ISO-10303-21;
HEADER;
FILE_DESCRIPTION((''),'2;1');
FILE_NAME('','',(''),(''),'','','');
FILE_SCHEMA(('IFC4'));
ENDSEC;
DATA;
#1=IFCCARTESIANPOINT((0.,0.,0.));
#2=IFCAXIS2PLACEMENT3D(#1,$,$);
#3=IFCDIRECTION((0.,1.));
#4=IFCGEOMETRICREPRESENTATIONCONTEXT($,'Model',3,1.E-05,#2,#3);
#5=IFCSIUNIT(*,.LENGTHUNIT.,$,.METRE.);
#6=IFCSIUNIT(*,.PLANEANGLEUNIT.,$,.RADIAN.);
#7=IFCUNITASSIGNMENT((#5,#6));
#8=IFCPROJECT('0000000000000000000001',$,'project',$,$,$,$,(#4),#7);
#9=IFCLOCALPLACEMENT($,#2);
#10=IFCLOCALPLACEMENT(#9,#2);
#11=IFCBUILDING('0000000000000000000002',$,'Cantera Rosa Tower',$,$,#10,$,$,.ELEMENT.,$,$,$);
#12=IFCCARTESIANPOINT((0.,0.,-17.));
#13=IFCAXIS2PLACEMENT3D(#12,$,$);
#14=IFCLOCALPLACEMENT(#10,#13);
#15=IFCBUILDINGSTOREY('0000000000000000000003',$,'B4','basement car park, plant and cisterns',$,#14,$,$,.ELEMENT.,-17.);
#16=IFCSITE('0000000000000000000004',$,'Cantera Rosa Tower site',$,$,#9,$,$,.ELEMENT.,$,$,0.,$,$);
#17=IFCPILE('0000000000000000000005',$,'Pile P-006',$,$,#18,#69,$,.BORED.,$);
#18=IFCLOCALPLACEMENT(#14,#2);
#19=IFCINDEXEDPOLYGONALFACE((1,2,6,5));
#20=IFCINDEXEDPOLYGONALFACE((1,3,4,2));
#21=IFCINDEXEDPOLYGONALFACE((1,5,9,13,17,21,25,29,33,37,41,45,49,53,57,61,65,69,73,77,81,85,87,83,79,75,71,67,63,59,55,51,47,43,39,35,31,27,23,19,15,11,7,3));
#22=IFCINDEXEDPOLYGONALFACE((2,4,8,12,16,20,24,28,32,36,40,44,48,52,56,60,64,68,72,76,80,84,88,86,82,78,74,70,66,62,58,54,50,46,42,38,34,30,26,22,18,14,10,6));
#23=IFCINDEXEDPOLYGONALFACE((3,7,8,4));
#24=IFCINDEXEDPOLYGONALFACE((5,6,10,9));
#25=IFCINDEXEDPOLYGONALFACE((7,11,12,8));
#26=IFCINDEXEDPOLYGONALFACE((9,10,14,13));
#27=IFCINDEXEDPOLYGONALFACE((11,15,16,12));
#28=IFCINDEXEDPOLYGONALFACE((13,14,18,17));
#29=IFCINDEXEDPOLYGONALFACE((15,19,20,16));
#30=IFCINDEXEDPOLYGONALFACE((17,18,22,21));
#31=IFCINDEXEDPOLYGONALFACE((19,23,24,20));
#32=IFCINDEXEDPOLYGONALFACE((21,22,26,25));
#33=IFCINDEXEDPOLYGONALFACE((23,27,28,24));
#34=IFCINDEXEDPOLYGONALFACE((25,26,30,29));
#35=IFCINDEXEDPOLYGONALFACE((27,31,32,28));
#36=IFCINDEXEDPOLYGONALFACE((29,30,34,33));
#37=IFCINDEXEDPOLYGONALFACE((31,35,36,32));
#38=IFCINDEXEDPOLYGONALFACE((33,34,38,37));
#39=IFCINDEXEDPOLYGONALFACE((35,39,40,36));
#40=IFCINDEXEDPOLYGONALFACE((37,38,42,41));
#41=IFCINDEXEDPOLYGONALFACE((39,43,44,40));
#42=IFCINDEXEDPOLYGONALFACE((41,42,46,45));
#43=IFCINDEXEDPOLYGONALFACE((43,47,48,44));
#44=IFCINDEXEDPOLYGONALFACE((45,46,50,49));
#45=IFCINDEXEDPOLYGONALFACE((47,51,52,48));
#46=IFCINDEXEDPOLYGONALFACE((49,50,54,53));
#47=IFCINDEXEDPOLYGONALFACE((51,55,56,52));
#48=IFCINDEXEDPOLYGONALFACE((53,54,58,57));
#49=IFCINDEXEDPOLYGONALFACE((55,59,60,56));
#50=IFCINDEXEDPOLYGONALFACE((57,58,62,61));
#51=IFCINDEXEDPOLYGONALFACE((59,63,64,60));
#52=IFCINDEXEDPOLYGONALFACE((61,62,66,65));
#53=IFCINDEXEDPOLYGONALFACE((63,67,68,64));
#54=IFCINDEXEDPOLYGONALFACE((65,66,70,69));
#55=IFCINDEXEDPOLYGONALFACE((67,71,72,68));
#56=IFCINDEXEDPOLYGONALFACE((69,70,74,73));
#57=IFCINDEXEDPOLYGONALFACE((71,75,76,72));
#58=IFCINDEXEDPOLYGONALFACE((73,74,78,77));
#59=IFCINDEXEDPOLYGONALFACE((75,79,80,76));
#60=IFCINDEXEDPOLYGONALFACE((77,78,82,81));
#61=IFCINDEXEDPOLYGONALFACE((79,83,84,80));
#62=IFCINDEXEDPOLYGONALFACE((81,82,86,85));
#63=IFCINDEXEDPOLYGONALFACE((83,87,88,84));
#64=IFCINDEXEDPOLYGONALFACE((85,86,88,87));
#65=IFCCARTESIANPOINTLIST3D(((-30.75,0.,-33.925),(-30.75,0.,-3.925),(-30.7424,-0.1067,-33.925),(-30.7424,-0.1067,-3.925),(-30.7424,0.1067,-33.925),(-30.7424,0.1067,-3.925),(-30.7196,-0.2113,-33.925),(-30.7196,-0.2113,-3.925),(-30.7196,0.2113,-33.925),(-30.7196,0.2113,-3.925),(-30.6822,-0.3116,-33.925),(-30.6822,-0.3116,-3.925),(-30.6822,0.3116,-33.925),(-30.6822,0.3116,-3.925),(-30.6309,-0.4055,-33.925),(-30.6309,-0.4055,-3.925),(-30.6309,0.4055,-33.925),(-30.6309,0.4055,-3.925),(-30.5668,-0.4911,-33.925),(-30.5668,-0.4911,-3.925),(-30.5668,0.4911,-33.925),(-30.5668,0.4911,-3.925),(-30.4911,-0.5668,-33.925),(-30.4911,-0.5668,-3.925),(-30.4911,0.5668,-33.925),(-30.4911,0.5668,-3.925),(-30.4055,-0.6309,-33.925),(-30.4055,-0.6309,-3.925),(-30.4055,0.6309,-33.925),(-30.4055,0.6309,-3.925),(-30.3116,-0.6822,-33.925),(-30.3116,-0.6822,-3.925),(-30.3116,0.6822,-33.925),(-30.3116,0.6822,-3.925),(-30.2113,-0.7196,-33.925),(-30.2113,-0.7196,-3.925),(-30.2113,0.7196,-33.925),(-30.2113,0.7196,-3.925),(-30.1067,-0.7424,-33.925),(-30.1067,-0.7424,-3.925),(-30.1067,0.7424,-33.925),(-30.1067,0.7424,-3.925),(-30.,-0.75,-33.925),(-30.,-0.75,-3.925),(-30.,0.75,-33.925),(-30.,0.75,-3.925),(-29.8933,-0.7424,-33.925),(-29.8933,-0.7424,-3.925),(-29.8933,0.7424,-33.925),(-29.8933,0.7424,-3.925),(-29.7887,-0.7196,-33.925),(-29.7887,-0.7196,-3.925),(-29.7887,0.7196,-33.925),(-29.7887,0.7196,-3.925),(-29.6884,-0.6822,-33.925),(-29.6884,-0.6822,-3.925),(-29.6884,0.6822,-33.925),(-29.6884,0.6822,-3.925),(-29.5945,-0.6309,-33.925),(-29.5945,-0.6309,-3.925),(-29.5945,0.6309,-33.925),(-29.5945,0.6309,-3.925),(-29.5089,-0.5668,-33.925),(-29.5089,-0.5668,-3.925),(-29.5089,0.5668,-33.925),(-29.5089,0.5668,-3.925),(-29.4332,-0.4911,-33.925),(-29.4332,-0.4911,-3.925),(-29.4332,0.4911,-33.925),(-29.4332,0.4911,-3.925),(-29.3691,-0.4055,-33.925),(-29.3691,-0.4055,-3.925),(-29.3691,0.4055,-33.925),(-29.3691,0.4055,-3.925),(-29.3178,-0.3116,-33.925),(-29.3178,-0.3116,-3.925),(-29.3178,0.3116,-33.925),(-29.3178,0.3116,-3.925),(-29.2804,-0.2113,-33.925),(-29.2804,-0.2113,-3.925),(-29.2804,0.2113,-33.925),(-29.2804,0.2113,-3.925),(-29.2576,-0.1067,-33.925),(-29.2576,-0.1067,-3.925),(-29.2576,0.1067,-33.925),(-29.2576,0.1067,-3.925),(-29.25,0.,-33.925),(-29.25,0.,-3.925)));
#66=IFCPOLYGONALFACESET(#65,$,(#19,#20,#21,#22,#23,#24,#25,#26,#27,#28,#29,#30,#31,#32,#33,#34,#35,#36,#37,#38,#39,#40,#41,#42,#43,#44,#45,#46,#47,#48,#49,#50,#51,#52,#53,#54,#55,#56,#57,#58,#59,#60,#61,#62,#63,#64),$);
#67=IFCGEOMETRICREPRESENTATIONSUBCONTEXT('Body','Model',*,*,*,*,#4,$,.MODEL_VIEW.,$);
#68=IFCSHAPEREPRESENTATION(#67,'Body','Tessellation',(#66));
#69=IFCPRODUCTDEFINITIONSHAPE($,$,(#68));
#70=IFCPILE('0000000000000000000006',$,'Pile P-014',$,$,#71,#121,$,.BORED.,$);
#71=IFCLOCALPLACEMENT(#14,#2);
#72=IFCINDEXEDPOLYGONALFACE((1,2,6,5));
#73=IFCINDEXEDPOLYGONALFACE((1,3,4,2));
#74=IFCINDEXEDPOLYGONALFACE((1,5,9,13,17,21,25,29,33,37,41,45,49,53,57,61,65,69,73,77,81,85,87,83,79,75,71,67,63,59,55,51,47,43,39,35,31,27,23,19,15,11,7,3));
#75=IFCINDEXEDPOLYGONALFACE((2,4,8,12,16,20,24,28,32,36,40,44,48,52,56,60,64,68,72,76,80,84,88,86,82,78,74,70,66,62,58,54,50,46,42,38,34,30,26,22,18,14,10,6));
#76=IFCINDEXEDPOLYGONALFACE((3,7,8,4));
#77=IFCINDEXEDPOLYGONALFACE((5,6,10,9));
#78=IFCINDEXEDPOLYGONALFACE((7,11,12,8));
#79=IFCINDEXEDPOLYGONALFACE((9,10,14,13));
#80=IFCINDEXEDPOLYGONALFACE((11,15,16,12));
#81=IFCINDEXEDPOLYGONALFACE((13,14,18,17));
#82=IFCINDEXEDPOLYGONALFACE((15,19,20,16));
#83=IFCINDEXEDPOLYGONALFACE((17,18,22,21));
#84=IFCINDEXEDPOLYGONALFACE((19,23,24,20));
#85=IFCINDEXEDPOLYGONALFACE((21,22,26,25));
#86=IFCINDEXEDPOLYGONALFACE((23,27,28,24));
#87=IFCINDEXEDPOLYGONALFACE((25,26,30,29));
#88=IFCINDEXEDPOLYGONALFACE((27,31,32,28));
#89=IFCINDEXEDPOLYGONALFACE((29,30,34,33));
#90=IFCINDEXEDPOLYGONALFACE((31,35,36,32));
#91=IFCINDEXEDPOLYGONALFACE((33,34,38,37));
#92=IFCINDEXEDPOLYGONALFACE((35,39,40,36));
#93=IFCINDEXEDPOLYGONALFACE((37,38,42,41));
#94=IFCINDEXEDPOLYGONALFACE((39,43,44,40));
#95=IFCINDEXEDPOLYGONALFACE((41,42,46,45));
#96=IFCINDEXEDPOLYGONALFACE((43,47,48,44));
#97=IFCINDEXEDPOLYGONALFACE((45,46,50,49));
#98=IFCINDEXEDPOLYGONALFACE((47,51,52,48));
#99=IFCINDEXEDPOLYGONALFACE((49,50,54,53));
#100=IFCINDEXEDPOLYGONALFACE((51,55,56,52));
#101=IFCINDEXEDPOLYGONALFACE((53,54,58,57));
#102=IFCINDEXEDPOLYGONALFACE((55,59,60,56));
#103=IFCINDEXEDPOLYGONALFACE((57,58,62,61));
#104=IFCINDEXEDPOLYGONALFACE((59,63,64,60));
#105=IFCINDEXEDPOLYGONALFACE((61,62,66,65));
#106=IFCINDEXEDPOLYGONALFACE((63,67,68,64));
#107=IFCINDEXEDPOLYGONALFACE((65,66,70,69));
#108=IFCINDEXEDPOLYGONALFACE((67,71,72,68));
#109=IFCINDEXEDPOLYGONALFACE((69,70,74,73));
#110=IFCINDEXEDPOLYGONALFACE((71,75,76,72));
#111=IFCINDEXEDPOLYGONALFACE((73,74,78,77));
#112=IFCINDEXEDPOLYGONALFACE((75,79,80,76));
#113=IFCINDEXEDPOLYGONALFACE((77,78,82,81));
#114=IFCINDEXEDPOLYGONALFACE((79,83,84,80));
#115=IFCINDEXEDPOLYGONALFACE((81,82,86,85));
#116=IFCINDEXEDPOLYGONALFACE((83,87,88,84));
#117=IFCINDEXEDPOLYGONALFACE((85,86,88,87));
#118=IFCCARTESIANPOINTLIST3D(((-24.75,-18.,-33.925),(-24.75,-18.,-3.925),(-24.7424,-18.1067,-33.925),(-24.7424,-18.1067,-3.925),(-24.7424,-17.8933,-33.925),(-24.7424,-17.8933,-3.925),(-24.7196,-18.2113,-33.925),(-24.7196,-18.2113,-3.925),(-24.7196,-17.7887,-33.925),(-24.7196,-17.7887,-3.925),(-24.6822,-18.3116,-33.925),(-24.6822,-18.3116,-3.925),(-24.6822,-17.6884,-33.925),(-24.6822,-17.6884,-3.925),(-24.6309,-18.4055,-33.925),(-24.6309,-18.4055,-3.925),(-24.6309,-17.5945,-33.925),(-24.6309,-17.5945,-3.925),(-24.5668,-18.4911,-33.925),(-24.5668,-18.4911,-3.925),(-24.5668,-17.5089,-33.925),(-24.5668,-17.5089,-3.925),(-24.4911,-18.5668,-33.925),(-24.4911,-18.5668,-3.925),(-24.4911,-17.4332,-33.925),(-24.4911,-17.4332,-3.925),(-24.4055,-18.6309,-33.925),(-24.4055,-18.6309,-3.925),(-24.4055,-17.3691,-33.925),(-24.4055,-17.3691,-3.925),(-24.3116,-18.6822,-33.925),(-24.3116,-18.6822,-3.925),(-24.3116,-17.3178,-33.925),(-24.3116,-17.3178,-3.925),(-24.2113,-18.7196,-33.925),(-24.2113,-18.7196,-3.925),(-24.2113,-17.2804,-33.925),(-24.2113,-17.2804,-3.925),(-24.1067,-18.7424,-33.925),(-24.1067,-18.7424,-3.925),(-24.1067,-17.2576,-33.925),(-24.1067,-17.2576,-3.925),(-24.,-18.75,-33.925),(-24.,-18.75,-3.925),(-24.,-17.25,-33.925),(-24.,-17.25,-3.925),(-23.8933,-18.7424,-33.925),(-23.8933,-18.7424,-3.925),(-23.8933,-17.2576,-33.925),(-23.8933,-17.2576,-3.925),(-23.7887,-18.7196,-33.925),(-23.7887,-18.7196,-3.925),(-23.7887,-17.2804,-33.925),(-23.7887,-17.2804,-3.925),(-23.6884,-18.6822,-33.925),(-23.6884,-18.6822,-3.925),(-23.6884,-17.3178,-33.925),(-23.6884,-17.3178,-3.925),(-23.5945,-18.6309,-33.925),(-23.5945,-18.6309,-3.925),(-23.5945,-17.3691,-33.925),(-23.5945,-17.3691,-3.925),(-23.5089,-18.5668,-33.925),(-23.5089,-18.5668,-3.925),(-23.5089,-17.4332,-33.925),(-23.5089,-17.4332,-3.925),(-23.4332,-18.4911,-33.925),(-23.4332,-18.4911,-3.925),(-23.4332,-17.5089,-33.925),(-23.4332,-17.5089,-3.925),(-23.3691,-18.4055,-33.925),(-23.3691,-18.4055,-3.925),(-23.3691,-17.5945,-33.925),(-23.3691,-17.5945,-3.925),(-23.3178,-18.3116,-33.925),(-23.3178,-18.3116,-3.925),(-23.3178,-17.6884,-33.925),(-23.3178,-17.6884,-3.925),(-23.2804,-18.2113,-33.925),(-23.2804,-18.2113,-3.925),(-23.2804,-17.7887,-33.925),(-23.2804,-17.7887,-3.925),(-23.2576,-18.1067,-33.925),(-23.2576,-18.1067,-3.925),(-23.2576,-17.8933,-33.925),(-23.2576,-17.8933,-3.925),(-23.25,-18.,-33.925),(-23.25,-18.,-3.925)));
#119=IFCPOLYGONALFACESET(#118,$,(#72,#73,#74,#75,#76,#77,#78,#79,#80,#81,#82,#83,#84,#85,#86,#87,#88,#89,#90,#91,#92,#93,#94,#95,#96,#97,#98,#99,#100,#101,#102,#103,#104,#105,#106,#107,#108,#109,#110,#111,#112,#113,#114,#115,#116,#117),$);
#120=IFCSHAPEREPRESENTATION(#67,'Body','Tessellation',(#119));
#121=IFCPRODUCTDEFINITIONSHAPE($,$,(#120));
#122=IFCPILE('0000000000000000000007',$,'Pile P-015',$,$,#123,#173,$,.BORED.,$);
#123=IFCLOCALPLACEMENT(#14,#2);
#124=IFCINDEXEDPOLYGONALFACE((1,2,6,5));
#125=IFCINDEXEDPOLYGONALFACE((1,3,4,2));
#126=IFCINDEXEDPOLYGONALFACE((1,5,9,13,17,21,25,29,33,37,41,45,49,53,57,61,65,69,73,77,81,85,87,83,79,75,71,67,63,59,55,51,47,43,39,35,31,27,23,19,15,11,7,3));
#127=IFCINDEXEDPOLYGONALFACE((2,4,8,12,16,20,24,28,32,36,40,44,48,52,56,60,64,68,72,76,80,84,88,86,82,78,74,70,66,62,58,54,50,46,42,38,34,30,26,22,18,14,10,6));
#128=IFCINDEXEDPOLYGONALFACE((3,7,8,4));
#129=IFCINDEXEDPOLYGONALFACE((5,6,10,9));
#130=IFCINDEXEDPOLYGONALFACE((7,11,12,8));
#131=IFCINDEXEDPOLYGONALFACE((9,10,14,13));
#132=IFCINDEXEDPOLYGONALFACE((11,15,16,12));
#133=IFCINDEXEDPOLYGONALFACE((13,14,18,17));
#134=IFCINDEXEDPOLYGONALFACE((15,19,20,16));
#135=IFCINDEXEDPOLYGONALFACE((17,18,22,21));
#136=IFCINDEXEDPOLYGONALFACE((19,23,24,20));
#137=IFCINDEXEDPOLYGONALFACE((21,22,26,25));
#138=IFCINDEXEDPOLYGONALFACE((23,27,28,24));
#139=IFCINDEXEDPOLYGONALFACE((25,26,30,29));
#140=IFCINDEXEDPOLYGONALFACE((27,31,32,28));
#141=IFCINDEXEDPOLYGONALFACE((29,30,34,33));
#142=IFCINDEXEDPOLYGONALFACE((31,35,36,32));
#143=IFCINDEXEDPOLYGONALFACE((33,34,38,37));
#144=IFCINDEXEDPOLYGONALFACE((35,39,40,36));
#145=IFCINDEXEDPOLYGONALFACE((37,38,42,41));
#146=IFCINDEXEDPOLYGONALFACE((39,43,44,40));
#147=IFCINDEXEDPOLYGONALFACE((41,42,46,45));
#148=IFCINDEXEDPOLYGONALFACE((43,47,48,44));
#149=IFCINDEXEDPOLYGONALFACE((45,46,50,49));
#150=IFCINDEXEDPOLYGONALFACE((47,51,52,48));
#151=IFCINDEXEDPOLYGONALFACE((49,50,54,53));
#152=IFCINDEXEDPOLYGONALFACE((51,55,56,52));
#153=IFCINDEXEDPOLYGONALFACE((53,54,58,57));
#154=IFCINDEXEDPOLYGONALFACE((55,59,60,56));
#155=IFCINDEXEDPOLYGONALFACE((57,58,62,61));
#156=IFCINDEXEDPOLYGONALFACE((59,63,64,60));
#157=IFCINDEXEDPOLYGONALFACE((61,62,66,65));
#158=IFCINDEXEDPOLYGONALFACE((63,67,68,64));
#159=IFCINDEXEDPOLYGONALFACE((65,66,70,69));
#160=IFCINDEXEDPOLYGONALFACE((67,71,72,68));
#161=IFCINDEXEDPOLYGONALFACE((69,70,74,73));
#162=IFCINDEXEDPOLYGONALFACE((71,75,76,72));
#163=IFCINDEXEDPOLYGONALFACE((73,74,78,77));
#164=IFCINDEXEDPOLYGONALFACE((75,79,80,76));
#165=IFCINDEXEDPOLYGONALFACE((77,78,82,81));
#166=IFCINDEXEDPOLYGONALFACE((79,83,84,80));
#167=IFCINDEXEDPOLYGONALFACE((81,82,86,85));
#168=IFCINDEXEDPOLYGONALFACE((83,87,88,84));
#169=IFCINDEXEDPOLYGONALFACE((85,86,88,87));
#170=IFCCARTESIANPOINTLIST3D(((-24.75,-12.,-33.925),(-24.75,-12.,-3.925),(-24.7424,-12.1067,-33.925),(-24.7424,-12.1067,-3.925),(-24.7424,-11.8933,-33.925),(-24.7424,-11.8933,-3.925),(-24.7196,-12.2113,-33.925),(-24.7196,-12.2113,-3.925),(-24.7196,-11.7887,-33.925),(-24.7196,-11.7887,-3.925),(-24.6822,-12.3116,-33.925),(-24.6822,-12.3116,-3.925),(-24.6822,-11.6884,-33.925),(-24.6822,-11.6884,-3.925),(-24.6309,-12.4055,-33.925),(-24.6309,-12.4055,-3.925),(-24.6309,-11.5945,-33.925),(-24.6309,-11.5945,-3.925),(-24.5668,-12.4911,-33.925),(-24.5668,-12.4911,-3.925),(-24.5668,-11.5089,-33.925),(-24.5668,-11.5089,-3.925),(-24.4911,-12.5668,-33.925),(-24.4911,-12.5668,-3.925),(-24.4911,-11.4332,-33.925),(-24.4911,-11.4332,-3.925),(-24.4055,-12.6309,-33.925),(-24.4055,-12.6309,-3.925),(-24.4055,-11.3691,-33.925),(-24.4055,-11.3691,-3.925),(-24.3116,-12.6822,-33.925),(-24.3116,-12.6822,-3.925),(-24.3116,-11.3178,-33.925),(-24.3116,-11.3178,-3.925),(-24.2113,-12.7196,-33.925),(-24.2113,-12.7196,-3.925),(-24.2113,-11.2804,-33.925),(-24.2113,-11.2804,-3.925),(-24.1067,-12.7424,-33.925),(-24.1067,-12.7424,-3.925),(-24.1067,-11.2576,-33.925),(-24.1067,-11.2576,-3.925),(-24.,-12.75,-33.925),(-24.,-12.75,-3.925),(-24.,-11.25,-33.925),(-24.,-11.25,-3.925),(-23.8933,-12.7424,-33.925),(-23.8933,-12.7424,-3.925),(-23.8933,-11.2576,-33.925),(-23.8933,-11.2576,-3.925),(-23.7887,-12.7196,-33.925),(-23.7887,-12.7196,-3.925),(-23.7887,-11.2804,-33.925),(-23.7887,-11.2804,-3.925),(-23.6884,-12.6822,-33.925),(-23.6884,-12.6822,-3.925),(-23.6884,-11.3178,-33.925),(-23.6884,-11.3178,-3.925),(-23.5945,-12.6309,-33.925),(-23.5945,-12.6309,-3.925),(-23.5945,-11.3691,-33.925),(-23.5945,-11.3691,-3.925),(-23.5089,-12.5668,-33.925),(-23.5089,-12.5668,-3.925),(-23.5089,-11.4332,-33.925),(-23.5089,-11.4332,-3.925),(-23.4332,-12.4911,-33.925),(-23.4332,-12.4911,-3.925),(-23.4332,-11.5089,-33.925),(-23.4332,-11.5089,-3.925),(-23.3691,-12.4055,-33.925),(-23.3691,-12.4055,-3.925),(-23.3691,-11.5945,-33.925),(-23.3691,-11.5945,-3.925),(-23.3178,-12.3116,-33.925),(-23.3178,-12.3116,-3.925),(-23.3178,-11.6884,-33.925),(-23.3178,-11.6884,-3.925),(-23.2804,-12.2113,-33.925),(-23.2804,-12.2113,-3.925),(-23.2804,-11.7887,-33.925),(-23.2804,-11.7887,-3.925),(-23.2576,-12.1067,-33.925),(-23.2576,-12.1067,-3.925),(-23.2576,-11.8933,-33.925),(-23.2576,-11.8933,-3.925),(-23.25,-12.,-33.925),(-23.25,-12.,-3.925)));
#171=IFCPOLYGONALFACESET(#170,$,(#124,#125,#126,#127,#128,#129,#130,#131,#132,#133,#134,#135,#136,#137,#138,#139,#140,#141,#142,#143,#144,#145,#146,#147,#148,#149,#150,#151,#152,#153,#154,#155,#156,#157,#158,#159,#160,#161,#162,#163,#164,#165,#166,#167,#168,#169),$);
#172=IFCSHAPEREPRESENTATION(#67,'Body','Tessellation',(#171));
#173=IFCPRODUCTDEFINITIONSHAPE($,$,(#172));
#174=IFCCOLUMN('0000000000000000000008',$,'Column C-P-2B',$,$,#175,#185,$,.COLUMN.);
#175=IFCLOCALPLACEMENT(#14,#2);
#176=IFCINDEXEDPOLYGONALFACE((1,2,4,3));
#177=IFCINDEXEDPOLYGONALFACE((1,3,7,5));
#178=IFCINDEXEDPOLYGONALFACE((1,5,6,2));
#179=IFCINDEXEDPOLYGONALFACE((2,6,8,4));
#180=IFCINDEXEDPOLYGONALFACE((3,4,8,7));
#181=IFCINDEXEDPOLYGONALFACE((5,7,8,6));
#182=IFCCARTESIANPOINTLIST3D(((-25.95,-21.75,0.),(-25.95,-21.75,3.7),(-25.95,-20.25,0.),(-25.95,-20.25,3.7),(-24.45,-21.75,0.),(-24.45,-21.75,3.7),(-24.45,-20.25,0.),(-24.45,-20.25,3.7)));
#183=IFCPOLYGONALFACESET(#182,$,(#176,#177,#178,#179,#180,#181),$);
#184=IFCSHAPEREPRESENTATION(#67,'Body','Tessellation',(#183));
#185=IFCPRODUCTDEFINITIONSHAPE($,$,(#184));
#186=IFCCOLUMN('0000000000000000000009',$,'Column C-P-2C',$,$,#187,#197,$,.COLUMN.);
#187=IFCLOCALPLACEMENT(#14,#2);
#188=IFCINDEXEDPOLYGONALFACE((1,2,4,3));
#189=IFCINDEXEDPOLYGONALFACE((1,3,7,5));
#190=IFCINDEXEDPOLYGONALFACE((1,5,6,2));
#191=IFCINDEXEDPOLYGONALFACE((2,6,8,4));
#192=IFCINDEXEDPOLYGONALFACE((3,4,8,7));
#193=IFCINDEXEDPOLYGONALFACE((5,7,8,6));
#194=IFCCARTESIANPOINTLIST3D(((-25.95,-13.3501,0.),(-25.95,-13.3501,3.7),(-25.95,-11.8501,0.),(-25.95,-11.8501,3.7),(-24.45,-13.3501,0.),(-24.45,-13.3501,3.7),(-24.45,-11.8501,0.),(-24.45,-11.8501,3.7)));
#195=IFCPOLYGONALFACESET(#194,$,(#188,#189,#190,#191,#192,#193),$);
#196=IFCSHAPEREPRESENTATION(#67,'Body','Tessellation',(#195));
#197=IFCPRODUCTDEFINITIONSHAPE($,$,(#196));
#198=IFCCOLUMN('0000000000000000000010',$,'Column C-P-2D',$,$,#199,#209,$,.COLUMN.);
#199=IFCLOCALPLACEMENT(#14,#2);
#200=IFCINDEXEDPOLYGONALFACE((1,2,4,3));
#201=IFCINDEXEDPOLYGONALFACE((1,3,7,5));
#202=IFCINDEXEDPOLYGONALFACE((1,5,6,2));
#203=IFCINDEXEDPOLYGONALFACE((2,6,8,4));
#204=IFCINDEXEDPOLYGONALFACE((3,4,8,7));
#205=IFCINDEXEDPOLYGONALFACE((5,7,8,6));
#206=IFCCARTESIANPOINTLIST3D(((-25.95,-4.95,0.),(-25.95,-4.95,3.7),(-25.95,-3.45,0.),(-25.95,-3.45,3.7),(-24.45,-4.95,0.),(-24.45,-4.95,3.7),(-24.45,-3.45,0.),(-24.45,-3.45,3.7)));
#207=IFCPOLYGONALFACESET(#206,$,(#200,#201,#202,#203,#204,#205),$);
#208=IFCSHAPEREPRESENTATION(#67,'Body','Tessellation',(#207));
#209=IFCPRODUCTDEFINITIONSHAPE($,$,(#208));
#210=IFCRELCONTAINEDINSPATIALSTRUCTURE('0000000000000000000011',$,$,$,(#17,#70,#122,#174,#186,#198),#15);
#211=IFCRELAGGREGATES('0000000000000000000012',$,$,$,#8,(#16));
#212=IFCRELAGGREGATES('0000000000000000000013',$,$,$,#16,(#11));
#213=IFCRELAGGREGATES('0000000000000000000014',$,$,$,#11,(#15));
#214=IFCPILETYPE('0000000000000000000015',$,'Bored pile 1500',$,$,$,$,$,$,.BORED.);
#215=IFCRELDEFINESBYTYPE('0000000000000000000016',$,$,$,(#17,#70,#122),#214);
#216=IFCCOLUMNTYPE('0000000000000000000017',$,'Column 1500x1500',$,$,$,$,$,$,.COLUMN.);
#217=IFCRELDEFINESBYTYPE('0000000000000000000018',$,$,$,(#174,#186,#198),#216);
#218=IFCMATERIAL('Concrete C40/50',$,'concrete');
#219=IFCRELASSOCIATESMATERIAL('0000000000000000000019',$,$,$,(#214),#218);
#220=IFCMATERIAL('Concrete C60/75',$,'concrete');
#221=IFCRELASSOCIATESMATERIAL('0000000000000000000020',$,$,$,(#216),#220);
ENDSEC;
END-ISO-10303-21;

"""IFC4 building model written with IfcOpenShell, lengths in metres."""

from ifc_helpers import new_model, si_unit, direction, frame, origin, origin_2d, place, context, subcontext, project, spatial, rectangle, circle, extrude, material, material_profile, profile_set, type_object, element, save


model = new_model("IFC4")

# Units and contexts
model_context = context("Model", 3, precision=1e-05, world=origin(), true_north=direction((0.0, 1.0)))
body_context = subcontext(model_context, "Body", "Model", "MODEL_VIEW")
ifc_project = project(units=[si_unit("LENGTHUNIT", "METRE"), si_unit("PLANEANGLEUNIT", "RADIAN")], contexts=[model_context])

# Site, building, storey
site_placement = place(None, origin())
site = spatial("IfcSite", under=ifc_project, at=site_placement, Name="Cantera Rosa Tower site", CompositionType="ELEMENT", RefElevation=0.0)
building_placement = place(site_placement, origin())
building = spatial("IfcBuilding", under=site, at=building_placement, Name="Cantera Rosa Tower", CompositionType="ELEMENT")
storey_placement = place(building_placement, frame((0.0, 0.0, -17.0)))
storey = spatial("IfcBuildingStorey", under=building, at=storey_placement, Name="B4", Description="basement car park, plant and cisterns", CompositionType="ELEMENT", Elevation=-17.0)

# Piles
ifc_material_1 = material(Name="Concrete C40/50", Category="concrete")
ifc_material_profile_1 = material_profile(ifc_material_1, circle(Radius=0.75, at=origin_2d()), Name="Bored pile 1500")
ifc_profile_set_1 = profile_set([ifc_material_profile_1], Name="Concrete C40/50")
pile_type = type_object("IfcPileType", Name="Bored pile 1500", PredefinedType="BORED", material=ifc_profile_set_1)
for number, where, z_axis, x_axis, name in (
    (1, (-30.0, 0.0, -3.925), (0.0, 0.0, -1.0), (1.0, 0.0, 0.0), "Pile P-006"),
    (2, (-24.0, -18.0, -3.925), (0.0, 0.0, -1.0), (1.0, 0.0, 0.0), "Pile P-014"),
    (3, (-24.0, -12.0, -3.925), (0.0, 0.0, -1.0), (1.0, 0.0, 0.0), "Pile P-015"),
):
    element("IfcPile", number, at=place(storey_placement, frame(where, z_axis=z_axis, x_axis=x_axis)), inside=storey, type_object=pile_type, Name=name, PredefinedType="BORED", context=body_context, shape_type="SweptSolid", body=[
        extrude(circle(Radius=0.75, at=origin_2d()), origin(), (0.0, 0.0, 1.0), 30.0),
    ])

# Columns
ifc_material_2 = material(Name="Concrete C60/75", Category="concrete")
ifc_material_profile_2 = material_profile(ifc_material_2, rectangle(XDim=1.5, YDim=1.5, at=origin_2d()), Name="Column 1500x1500")
ifc_profile_set_2 = profile_set([ifc_material_profile_2], Name="Concrete C60/75")
column_type_1 = type_object("IfcColumnType", Name="Column 1500x1500", PredefinedType="COLUMN", material=ifc_profile_set_2)
for number, where, z_axis, x_axis, name in (
    (4, (-25.2, -21.0, 0.0), (0.0, 0.0, 1.0), (1.0, 0.0, 0.0), "Column C-P-2B"),
    (5, (-25.2, -12.6001, 0.0), (0.0, 0.0, 1.0), (1.0, 0.0, 0.0), "Column C-P-2C"),
    (6, (-25.2, -4.2, 0.0), (0.0, 0.0, 1.0), (1.0, 0.0, 0.0), "Column C-P-2D"),
):
    element("IfcColumn", number, at=place(storey_placement, frame(where, z_axis=z_axis, x_axis=x_axis)), inside=storey, type_object=column_type_1, Name=name, PredefinedType="COLUMN", context=body_context, shape_type="SweptSolid", body=[
        extrude(rectangle(XDim=1.5, YDim=1.5, at=origin_2d()), origin(), (0.0, 0.0, 1.0), 3.7),
    ])

save(model, "model.ifc")
